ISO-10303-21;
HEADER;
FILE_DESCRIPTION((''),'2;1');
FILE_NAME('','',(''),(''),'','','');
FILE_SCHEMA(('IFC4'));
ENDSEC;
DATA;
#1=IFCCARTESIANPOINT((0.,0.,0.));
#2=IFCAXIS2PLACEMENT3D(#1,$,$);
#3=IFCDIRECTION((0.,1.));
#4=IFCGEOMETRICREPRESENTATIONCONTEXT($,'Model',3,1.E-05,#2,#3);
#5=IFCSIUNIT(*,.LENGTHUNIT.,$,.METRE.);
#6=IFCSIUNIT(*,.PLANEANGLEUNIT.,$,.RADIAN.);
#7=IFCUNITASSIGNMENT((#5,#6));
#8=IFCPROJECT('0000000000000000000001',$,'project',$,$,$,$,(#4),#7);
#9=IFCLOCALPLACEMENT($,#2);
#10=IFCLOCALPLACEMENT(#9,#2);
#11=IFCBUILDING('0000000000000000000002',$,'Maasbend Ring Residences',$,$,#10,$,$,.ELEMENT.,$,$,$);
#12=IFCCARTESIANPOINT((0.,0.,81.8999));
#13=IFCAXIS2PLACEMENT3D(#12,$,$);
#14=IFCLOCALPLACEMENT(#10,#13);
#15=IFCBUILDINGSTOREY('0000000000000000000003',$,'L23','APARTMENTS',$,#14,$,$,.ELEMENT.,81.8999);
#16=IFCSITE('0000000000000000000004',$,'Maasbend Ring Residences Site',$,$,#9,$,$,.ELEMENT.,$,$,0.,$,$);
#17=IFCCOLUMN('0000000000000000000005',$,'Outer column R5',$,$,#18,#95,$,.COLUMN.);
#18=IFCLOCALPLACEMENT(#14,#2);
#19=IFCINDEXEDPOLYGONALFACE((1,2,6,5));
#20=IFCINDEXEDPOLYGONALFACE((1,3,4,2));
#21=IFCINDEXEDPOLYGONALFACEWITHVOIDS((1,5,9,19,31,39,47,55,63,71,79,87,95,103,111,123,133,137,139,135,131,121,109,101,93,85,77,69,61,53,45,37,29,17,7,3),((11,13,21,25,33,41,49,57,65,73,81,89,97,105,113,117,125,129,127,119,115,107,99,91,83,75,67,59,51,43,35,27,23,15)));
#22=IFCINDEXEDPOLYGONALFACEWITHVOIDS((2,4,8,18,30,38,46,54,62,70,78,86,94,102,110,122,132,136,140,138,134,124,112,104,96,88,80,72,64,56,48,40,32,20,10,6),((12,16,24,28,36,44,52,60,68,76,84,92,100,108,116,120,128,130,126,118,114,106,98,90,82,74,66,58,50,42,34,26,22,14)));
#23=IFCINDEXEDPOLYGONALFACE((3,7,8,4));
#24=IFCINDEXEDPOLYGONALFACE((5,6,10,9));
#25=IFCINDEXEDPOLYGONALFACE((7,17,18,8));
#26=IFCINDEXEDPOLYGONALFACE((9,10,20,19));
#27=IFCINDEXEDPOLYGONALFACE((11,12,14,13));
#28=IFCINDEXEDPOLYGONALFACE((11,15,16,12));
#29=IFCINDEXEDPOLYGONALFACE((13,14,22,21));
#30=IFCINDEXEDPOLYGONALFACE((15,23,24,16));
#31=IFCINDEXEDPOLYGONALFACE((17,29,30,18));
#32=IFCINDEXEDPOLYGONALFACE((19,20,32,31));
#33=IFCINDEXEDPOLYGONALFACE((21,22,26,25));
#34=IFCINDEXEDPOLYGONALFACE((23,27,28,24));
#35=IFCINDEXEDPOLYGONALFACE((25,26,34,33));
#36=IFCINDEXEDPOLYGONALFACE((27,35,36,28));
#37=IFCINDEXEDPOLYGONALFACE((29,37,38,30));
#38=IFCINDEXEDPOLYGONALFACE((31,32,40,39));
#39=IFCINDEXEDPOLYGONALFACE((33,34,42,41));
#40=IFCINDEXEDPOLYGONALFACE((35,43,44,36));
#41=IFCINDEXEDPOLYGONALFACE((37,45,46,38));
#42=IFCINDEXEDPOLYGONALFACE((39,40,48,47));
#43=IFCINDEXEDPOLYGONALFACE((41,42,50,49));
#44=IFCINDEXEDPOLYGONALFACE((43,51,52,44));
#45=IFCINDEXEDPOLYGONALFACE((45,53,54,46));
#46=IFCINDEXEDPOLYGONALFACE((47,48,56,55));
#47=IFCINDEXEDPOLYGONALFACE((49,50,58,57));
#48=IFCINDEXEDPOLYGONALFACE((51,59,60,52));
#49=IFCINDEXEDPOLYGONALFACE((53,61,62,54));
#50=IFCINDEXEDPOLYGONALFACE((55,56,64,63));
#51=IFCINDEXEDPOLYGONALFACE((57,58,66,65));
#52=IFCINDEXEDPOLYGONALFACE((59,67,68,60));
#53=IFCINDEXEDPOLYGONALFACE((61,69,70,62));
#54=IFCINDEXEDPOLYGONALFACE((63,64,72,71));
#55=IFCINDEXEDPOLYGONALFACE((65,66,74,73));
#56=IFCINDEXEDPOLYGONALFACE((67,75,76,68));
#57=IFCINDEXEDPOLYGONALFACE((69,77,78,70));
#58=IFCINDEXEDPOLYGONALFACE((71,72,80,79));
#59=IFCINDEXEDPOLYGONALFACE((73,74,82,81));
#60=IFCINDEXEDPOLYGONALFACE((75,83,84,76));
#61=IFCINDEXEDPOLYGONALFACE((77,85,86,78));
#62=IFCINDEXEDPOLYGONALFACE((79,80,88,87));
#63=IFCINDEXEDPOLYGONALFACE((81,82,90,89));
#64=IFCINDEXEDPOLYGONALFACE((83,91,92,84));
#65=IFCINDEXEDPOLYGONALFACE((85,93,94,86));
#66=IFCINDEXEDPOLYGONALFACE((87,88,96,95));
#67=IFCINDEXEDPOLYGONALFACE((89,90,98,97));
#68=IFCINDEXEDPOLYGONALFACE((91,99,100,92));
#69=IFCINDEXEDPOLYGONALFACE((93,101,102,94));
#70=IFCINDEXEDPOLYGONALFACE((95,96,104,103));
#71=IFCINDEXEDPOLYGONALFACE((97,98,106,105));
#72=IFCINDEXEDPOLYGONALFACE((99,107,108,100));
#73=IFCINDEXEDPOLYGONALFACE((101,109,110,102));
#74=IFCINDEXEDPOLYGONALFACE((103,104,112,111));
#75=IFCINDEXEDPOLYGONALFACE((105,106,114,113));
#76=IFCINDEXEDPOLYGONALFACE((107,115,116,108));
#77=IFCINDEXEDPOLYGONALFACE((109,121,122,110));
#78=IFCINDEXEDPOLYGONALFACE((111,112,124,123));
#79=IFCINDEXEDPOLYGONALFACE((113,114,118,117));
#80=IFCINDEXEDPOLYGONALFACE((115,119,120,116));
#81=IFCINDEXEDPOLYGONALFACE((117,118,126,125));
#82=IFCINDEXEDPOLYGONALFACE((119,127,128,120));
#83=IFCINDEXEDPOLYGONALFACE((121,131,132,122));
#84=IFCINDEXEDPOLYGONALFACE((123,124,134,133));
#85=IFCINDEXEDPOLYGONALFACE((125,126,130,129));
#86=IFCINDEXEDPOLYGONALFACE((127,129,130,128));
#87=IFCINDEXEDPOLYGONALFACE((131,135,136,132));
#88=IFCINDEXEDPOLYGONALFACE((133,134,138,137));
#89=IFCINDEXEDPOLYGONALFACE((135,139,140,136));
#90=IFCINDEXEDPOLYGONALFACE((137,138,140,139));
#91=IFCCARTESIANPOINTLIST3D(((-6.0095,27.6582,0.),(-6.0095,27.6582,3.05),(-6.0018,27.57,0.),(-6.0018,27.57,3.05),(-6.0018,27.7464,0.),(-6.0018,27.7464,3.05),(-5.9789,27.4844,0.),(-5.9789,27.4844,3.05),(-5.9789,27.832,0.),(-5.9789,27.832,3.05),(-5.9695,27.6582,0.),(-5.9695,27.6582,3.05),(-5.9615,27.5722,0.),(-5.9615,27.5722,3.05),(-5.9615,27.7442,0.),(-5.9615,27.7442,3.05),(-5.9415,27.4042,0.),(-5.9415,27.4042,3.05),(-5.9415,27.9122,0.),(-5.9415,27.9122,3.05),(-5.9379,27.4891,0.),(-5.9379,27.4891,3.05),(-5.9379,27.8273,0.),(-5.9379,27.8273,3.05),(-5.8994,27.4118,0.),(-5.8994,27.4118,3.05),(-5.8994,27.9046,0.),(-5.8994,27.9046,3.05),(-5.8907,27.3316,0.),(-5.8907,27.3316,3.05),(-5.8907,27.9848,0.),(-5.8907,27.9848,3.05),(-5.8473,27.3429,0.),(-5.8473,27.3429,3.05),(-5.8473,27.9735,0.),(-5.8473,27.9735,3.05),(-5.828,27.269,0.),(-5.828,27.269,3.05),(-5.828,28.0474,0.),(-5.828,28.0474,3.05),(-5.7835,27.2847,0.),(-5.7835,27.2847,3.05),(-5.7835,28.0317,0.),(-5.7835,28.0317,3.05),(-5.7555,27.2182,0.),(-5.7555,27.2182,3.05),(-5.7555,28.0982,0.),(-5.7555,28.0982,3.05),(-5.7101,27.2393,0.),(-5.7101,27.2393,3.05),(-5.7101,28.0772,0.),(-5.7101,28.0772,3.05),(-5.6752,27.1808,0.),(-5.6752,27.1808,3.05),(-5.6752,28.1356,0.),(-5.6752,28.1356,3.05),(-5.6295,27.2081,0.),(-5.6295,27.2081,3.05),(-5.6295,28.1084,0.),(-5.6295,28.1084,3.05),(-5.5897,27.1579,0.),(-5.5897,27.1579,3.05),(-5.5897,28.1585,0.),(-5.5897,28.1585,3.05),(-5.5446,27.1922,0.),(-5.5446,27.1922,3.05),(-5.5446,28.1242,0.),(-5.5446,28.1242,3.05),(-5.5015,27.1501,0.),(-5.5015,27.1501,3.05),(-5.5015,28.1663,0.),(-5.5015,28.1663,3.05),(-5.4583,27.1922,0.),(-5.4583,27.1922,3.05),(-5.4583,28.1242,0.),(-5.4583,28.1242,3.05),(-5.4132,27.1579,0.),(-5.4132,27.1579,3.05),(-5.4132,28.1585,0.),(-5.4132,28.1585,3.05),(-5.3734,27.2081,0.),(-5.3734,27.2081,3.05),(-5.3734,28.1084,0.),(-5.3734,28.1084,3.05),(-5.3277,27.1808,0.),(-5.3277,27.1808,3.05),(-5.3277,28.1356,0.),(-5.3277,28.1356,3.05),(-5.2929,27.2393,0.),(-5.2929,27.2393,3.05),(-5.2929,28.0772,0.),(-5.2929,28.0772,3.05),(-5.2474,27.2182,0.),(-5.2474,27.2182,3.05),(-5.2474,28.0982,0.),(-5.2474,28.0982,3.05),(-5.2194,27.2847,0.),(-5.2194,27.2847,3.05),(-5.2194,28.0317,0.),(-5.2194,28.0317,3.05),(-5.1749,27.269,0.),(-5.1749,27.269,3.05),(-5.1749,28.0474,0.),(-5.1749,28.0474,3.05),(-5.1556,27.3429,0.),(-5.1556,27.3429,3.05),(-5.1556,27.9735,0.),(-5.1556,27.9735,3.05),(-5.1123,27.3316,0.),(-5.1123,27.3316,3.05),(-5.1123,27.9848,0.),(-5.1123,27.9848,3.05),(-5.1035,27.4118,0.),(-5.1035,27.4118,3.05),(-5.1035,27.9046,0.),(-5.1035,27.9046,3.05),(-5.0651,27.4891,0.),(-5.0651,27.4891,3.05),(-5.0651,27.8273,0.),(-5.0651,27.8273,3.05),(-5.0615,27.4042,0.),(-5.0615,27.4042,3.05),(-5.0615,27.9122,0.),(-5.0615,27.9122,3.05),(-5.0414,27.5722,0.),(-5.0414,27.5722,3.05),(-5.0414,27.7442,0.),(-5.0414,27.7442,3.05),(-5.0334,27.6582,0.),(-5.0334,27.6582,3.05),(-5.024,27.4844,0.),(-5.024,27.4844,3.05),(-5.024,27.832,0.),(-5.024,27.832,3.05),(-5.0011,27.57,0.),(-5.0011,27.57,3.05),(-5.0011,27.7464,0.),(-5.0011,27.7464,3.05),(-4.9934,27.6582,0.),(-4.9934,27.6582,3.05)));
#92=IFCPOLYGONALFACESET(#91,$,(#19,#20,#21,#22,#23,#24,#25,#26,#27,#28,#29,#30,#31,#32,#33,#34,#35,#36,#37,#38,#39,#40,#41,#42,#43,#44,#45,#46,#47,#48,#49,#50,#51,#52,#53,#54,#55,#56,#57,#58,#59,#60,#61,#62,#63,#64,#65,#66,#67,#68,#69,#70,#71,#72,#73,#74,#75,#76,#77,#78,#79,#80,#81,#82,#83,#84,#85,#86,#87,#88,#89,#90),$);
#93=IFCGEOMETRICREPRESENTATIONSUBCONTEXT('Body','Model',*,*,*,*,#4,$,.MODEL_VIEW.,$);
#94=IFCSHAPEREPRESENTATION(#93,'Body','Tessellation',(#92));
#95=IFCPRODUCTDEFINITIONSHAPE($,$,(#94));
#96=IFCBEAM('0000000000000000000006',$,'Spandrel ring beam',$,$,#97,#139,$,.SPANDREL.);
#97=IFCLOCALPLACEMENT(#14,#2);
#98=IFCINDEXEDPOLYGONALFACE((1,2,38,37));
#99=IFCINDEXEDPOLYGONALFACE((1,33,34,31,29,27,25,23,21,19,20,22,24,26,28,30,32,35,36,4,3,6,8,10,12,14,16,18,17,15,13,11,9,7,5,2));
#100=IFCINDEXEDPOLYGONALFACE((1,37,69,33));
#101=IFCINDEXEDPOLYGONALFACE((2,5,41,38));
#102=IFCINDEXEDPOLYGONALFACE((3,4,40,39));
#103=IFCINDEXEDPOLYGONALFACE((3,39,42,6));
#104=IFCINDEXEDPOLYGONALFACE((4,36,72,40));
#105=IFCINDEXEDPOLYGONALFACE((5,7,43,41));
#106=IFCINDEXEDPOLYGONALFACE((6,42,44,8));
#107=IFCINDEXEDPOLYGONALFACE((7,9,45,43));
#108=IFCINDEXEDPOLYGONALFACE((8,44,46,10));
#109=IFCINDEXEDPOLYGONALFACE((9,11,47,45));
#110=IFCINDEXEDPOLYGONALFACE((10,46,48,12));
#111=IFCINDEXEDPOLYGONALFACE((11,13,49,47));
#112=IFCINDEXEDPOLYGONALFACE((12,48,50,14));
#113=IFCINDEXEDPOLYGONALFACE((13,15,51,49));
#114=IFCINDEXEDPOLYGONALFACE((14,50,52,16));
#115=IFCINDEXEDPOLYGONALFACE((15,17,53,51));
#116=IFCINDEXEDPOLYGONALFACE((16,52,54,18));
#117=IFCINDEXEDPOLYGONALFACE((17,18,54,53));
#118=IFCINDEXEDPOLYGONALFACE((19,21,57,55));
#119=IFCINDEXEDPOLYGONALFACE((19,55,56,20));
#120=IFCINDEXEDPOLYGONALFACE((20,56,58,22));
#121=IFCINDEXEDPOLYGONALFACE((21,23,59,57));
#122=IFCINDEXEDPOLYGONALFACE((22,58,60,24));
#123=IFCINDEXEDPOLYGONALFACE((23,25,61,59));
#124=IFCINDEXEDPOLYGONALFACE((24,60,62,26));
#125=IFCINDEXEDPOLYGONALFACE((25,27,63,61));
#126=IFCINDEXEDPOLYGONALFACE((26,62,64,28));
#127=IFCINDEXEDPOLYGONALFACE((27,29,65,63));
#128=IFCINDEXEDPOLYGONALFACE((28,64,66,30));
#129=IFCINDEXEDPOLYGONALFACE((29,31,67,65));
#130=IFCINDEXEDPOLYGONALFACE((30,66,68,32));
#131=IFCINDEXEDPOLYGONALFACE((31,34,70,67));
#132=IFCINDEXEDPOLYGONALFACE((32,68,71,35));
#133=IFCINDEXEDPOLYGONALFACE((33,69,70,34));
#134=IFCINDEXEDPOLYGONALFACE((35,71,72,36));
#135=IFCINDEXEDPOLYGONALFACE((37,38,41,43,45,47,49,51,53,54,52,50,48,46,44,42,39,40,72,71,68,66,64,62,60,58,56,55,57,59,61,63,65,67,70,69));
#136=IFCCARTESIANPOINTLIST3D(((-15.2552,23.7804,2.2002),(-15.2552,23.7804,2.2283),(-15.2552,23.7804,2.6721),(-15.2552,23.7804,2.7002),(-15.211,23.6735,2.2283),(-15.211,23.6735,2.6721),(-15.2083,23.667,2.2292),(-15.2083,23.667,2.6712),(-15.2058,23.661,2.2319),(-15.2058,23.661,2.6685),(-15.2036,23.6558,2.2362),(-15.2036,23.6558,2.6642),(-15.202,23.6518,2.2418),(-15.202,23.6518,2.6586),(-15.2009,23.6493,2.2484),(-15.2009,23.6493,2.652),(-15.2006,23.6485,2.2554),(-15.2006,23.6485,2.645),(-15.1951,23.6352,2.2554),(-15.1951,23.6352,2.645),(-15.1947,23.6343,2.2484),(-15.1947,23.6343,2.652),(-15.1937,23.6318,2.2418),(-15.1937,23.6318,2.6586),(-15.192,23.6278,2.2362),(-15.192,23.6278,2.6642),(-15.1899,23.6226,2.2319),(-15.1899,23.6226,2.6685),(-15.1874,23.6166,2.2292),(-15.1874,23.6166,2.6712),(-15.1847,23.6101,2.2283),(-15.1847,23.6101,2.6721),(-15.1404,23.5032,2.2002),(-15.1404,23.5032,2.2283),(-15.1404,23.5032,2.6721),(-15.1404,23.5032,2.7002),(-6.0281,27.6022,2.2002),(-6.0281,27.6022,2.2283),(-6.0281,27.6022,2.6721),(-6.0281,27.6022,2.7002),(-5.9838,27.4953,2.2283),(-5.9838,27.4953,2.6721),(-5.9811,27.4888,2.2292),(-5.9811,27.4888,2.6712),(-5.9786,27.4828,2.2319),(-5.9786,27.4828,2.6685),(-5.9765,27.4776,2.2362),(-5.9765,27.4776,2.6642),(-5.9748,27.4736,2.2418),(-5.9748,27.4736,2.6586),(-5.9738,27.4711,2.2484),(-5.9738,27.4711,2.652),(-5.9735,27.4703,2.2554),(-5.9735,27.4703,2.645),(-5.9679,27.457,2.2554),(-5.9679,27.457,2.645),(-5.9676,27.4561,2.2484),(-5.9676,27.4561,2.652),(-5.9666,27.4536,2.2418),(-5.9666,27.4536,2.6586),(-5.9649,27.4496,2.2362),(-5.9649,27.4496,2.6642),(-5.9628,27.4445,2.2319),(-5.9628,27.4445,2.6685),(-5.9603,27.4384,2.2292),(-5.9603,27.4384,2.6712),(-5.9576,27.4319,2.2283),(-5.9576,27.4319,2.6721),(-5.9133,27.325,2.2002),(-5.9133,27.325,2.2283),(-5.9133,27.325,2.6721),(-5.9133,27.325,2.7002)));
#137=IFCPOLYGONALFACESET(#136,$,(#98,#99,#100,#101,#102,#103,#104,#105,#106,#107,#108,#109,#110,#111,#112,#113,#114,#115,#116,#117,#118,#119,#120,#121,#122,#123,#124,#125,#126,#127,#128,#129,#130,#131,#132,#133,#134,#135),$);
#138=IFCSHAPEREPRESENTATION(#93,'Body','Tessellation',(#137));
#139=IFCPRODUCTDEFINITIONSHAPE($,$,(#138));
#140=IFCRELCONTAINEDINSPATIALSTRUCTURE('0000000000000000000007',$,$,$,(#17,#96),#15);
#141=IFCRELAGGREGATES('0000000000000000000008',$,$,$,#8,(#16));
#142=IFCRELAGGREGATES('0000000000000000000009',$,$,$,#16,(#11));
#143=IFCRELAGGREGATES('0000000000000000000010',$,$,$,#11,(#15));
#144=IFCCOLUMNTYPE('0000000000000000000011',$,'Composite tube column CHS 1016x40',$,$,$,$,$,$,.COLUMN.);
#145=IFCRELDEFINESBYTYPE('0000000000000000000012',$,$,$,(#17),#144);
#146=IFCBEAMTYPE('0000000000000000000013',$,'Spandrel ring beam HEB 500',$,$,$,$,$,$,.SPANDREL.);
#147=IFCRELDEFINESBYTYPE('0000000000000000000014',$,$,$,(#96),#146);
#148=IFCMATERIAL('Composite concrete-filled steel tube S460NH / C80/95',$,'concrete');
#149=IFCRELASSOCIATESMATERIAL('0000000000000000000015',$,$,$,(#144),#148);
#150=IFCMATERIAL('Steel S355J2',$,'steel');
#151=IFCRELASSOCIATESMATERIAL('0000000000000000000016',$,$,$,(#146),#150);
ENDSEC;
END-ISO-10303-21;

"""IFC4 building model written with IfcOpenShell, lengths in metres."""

from ifc_helpers import new_model, si_unit, direction, frame, origin, origin_2d, place, context, subcontext, project, spatial, hollow_circle, i_section, extrude, material, material_profile, profile_set, type_object, element, save


model = new_model("IFC4")

# Units and contexts
model_context = context("Model", 3, precision=1e-05, world=origin(), true_north=direction((0.0, 1.0)))
body_context = subcontext(model_context, "Body", "Model", "MODEL_VIEW")
ifc_project = project(units=[si_unit("LENGTHUNIT", "METRE"), si_unit("PLANEANGLEUNIT", "RADIAN")], contexts=[model_context])

# Site, building, storey
site_placement = place(None, origin())
site = spatial("IfcSite", under=ifc_project, at=site_placement, Name="Maasbend Ring Residences Site", CompositionType="ELEMENT", RefElevation=0.0)
building_placement = place(site_placement, origin())
building = spatial("IfcBuilding", under=site, at=building_placement, Name="Maasbend Ring Residences", CompositionType="ELEMENT")
storey_placement = place(building_placement, frame((0.0, 0.0, 81.8999)))
storey = spatial("IfcBuildingStorey", under=building, at=storey_placement, Name="L23", Description="APARTMENTS", CompositionType="ELEMENT", Elevation=81.8999)

# Column
ifc_material_1 = material(Name="Composite concrete-filled steel tube S460NH / C80/95", Category="concrete")
ifc_material_profile_1 = material_profile(ifc_material_1, hollow_circle(Radius=0.5081, WallThickness=0.04, at=origin_2d()), Name="Composite tube column CHS 1016x40")
ifc_profile_set_1 = profile_set([ifc_material_profile_1], Name="Composite concrete-filled steel tube S460NH / C80/95")
column_type = type_object("IfcColumnType", Name="Composite tube column CHS 1016x40", PredefinedType="COLUMN", material=ifc_profile_set_1)
column_placement = place(storey_placement, frame((-5.5015, 27.6582, 0.0), z_axis=(0.0, 0.0, 1.0), x_axis=(1.0, 0.0, 0.0)))
element("IfcColumn", 1, at=column_placement, inside=storey, type_object=column_type, Name="Outer column R5", PredefinedType="COLUMN", context=body_context, shape_type="SweptSolid", body=[
    extrude(hollow_circle(Radius=0.5081, WallThickness=0.04, at=origin_2d()), origin(), (0.0, 0.0, 1.0), 3.05),
])

# Beam
ifc_material_2 = material(Name="Steel S355J2", Category="steel")
ifc_material_profile_2 = material_profile(ifc_material_2, i_section(OverallWidth=0.3, OverallDepth=0.5, WebThickness=0.0144, FlangeThickness=0.0281, FilletRadius=0.0271, at=origin_2d()), Name="HEB 500")
ifc_profile_set_2 = profile_set([ifc_material_profile_2], Name="Steel S355J2")
beam_type = type_object("IfcBeamType", Name="Spandrel ring beam HEB 500", PredefinedType="SPANDREL", material=ifc_profile_set_2)
beam_placement = place(storey_placement, frame((-5.9707, 27.4636, 2.4502), z_axis=(-0.923886, -0.382667, 0.0), x_axis=(0.382667, -0.923886, 0.0)))
element("IfcBeam", 2, at=beam_placement, inside=storey, type_object=beam_type, Name="Spandrel ring beam", PredefinedType="SPANDREL", context=body_context, shape_type="SweptSolid", body=[
    extrude(i_section(OverallWidth=0.3, OverallDepth=0.5, WebThickness=0.0144, FlangeThickness=0.0281, FilletRadius=0.0271, at=origin_2d()), origin(), (0.0, 0.0, 1.0), 9.9873),
])

save(model, "model.ifc")
